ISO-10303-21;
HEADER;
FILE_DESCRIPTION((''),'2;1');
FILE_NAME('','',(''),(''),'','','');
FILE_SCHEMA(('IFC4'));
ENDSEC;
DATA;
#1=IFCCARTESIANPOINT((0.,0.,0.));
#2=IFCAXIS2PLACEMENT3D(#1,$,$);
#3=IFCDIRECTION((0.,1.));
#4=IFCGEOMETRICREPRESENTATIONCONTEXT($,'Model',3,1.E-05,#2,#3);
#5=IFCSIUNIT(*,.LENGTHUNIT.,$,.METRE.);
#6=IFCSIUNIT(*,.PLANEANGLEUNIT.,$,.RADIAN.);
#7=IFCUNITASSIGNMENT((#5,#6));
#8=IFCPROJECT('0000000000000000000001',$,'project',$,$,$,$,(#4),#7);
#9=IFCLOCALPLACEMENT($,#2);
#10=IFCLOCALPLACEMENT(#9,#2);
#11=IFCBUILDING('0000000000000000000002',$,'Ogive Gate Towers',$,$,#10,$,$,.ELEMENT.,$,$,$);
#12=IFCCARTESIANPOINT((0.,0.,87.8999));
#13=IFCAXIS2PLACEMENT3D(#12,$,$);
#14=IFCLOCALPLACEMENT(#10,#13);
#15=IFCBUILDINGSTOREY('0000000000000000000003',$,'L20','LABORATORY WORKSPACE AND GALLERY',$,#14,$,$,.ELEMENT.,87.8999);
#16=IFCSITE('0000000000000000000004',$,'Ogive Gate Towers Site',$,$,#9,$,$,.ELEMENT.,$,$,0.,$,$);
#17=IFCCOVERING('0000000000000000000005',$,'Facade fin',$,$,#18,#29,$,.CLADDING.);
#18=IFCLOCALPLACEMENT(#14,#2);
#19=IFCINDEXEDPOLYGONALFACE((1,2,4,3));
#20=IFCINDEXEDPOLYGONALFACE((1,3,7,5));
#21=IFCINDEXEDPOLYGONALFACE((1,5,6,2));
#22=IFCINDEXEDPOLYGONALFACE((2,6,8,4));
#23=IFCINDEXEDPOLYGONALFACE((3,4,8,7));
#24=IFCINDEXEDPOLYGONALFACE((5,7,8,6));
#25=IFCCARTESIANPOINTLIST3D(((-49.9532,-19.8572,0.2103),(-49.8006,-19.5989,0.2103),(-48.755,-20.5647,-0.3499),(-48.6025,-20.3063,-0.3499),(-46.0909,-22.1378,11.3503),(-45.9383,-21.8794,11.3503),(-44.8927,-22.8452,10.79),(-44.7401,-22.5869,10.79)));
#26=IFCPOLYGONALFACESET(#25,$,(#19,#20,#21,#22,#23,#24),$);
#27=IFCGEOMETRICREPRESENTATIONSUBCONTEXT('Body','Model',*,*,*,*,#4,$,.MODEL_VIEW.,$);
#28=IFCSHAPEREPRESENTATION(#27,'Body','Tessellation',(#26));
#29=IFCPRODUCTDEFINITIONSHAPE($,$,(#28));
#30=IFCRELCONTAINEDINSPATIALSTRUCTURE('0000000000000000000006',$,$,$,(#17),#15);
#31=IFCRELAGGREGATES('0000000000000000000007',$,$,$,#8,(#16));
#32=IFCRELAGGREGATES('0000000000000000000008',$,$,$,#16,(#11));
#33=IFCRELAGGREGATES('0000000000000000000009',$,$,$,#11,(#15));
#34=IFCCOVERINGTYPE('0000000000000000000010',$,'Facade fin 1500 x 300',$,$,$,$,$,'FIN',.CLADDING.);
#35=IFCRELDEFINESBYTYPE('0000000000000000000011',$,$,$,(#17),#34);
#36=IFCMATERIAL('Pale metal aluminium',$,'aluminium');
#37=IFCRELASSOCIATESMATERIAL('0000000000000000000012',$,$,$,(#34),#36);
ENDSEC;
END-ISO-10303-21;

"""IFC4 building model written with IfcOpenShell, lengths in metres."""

from ifc_helpers import new_model, si_unit, direction, frame, origin, origin_2d, place, context, subcontext, project, spatial, rectangle, extrude, material, material_profile, profile_set, type_object, element, save


model = new_model("IFC4")

# Units and contexts
model_context = context("Model", 3, precision=1e-05, world=origin(), true_north=direction((0.0, 1.0)))
body_context = subcontext(model_context, "Body", "Model", "MODEL_VIEW")
ifc_project = project(units=[si_unit("LENGTHUNIT", "METRE"), si_unit("PLANEANGLEUNIT", "RADIAN")], contexts=[model_context])

# Site, building, storey
site_placement = place(None, origin())
site = spatial("IfcSite", under=ifc_project, at=site_placement, Name="Ogive Gate Towers Site", CompositionType="ELEMENT", RefElevation=0.0)
building_placement = place(site_placement, origin())
building = spatial("IfcBuilding", under=site, at=building_placement, Name="Ogive Gate Towers", CompositionType="ELEMENT")
storey_placement = place(building_placement, frame((0.0, 0.0, 87.8999)))
storey = spatial("IfcBuildingStorey", under=building, at=storey_placement, Name="L20", Description="LABORATORY WORKSPACE AND GALLERY", CompositionType="ELEMENT", Elevation=87.8999)

# Shared definitions
ifc_material_1 = material(Name="Pale metal aluminium", Category="aluminium")

# Covering
ifc_material_profile_1 = material_profile(ifc_material_1, rectangle(XDim=0.3, YDim=1.5, at=origin_2d()), Name="1500 x 300 pale metal aluminium")
ifc_profile_set_1 = profile_set([ifc_material_profile_1], Name="Pale metal aluminium")
covering_type = type_object("IfcCoveringType", Name="Facade fin 1500 x 300", ElementType="FIN", PredefinedType="CLADDING", material=ifc_profile_set_1)
covering_1_placement = place(storey_placement, frame((-49.2778, -20.0818, -0.0698), z_axis=(0.321618, -0.189901, 0.927631), x_axis=(0.50844, 0.861098, 0.0)))
element("IfcCovering", 1, at=covering_1_placement, inside=storey, type_object=covering_type, Name="Facade fin", PredefinedType="CLADDING", context=body_context, shape_type="SweptSolid", body=[
    extrude(rectangle(XDim=0.3, YDim=1.5, at=origin_2d()), origin(), (0.0, 0.0, 1.0), 12.009),
])

save(model, "model.ifc")
